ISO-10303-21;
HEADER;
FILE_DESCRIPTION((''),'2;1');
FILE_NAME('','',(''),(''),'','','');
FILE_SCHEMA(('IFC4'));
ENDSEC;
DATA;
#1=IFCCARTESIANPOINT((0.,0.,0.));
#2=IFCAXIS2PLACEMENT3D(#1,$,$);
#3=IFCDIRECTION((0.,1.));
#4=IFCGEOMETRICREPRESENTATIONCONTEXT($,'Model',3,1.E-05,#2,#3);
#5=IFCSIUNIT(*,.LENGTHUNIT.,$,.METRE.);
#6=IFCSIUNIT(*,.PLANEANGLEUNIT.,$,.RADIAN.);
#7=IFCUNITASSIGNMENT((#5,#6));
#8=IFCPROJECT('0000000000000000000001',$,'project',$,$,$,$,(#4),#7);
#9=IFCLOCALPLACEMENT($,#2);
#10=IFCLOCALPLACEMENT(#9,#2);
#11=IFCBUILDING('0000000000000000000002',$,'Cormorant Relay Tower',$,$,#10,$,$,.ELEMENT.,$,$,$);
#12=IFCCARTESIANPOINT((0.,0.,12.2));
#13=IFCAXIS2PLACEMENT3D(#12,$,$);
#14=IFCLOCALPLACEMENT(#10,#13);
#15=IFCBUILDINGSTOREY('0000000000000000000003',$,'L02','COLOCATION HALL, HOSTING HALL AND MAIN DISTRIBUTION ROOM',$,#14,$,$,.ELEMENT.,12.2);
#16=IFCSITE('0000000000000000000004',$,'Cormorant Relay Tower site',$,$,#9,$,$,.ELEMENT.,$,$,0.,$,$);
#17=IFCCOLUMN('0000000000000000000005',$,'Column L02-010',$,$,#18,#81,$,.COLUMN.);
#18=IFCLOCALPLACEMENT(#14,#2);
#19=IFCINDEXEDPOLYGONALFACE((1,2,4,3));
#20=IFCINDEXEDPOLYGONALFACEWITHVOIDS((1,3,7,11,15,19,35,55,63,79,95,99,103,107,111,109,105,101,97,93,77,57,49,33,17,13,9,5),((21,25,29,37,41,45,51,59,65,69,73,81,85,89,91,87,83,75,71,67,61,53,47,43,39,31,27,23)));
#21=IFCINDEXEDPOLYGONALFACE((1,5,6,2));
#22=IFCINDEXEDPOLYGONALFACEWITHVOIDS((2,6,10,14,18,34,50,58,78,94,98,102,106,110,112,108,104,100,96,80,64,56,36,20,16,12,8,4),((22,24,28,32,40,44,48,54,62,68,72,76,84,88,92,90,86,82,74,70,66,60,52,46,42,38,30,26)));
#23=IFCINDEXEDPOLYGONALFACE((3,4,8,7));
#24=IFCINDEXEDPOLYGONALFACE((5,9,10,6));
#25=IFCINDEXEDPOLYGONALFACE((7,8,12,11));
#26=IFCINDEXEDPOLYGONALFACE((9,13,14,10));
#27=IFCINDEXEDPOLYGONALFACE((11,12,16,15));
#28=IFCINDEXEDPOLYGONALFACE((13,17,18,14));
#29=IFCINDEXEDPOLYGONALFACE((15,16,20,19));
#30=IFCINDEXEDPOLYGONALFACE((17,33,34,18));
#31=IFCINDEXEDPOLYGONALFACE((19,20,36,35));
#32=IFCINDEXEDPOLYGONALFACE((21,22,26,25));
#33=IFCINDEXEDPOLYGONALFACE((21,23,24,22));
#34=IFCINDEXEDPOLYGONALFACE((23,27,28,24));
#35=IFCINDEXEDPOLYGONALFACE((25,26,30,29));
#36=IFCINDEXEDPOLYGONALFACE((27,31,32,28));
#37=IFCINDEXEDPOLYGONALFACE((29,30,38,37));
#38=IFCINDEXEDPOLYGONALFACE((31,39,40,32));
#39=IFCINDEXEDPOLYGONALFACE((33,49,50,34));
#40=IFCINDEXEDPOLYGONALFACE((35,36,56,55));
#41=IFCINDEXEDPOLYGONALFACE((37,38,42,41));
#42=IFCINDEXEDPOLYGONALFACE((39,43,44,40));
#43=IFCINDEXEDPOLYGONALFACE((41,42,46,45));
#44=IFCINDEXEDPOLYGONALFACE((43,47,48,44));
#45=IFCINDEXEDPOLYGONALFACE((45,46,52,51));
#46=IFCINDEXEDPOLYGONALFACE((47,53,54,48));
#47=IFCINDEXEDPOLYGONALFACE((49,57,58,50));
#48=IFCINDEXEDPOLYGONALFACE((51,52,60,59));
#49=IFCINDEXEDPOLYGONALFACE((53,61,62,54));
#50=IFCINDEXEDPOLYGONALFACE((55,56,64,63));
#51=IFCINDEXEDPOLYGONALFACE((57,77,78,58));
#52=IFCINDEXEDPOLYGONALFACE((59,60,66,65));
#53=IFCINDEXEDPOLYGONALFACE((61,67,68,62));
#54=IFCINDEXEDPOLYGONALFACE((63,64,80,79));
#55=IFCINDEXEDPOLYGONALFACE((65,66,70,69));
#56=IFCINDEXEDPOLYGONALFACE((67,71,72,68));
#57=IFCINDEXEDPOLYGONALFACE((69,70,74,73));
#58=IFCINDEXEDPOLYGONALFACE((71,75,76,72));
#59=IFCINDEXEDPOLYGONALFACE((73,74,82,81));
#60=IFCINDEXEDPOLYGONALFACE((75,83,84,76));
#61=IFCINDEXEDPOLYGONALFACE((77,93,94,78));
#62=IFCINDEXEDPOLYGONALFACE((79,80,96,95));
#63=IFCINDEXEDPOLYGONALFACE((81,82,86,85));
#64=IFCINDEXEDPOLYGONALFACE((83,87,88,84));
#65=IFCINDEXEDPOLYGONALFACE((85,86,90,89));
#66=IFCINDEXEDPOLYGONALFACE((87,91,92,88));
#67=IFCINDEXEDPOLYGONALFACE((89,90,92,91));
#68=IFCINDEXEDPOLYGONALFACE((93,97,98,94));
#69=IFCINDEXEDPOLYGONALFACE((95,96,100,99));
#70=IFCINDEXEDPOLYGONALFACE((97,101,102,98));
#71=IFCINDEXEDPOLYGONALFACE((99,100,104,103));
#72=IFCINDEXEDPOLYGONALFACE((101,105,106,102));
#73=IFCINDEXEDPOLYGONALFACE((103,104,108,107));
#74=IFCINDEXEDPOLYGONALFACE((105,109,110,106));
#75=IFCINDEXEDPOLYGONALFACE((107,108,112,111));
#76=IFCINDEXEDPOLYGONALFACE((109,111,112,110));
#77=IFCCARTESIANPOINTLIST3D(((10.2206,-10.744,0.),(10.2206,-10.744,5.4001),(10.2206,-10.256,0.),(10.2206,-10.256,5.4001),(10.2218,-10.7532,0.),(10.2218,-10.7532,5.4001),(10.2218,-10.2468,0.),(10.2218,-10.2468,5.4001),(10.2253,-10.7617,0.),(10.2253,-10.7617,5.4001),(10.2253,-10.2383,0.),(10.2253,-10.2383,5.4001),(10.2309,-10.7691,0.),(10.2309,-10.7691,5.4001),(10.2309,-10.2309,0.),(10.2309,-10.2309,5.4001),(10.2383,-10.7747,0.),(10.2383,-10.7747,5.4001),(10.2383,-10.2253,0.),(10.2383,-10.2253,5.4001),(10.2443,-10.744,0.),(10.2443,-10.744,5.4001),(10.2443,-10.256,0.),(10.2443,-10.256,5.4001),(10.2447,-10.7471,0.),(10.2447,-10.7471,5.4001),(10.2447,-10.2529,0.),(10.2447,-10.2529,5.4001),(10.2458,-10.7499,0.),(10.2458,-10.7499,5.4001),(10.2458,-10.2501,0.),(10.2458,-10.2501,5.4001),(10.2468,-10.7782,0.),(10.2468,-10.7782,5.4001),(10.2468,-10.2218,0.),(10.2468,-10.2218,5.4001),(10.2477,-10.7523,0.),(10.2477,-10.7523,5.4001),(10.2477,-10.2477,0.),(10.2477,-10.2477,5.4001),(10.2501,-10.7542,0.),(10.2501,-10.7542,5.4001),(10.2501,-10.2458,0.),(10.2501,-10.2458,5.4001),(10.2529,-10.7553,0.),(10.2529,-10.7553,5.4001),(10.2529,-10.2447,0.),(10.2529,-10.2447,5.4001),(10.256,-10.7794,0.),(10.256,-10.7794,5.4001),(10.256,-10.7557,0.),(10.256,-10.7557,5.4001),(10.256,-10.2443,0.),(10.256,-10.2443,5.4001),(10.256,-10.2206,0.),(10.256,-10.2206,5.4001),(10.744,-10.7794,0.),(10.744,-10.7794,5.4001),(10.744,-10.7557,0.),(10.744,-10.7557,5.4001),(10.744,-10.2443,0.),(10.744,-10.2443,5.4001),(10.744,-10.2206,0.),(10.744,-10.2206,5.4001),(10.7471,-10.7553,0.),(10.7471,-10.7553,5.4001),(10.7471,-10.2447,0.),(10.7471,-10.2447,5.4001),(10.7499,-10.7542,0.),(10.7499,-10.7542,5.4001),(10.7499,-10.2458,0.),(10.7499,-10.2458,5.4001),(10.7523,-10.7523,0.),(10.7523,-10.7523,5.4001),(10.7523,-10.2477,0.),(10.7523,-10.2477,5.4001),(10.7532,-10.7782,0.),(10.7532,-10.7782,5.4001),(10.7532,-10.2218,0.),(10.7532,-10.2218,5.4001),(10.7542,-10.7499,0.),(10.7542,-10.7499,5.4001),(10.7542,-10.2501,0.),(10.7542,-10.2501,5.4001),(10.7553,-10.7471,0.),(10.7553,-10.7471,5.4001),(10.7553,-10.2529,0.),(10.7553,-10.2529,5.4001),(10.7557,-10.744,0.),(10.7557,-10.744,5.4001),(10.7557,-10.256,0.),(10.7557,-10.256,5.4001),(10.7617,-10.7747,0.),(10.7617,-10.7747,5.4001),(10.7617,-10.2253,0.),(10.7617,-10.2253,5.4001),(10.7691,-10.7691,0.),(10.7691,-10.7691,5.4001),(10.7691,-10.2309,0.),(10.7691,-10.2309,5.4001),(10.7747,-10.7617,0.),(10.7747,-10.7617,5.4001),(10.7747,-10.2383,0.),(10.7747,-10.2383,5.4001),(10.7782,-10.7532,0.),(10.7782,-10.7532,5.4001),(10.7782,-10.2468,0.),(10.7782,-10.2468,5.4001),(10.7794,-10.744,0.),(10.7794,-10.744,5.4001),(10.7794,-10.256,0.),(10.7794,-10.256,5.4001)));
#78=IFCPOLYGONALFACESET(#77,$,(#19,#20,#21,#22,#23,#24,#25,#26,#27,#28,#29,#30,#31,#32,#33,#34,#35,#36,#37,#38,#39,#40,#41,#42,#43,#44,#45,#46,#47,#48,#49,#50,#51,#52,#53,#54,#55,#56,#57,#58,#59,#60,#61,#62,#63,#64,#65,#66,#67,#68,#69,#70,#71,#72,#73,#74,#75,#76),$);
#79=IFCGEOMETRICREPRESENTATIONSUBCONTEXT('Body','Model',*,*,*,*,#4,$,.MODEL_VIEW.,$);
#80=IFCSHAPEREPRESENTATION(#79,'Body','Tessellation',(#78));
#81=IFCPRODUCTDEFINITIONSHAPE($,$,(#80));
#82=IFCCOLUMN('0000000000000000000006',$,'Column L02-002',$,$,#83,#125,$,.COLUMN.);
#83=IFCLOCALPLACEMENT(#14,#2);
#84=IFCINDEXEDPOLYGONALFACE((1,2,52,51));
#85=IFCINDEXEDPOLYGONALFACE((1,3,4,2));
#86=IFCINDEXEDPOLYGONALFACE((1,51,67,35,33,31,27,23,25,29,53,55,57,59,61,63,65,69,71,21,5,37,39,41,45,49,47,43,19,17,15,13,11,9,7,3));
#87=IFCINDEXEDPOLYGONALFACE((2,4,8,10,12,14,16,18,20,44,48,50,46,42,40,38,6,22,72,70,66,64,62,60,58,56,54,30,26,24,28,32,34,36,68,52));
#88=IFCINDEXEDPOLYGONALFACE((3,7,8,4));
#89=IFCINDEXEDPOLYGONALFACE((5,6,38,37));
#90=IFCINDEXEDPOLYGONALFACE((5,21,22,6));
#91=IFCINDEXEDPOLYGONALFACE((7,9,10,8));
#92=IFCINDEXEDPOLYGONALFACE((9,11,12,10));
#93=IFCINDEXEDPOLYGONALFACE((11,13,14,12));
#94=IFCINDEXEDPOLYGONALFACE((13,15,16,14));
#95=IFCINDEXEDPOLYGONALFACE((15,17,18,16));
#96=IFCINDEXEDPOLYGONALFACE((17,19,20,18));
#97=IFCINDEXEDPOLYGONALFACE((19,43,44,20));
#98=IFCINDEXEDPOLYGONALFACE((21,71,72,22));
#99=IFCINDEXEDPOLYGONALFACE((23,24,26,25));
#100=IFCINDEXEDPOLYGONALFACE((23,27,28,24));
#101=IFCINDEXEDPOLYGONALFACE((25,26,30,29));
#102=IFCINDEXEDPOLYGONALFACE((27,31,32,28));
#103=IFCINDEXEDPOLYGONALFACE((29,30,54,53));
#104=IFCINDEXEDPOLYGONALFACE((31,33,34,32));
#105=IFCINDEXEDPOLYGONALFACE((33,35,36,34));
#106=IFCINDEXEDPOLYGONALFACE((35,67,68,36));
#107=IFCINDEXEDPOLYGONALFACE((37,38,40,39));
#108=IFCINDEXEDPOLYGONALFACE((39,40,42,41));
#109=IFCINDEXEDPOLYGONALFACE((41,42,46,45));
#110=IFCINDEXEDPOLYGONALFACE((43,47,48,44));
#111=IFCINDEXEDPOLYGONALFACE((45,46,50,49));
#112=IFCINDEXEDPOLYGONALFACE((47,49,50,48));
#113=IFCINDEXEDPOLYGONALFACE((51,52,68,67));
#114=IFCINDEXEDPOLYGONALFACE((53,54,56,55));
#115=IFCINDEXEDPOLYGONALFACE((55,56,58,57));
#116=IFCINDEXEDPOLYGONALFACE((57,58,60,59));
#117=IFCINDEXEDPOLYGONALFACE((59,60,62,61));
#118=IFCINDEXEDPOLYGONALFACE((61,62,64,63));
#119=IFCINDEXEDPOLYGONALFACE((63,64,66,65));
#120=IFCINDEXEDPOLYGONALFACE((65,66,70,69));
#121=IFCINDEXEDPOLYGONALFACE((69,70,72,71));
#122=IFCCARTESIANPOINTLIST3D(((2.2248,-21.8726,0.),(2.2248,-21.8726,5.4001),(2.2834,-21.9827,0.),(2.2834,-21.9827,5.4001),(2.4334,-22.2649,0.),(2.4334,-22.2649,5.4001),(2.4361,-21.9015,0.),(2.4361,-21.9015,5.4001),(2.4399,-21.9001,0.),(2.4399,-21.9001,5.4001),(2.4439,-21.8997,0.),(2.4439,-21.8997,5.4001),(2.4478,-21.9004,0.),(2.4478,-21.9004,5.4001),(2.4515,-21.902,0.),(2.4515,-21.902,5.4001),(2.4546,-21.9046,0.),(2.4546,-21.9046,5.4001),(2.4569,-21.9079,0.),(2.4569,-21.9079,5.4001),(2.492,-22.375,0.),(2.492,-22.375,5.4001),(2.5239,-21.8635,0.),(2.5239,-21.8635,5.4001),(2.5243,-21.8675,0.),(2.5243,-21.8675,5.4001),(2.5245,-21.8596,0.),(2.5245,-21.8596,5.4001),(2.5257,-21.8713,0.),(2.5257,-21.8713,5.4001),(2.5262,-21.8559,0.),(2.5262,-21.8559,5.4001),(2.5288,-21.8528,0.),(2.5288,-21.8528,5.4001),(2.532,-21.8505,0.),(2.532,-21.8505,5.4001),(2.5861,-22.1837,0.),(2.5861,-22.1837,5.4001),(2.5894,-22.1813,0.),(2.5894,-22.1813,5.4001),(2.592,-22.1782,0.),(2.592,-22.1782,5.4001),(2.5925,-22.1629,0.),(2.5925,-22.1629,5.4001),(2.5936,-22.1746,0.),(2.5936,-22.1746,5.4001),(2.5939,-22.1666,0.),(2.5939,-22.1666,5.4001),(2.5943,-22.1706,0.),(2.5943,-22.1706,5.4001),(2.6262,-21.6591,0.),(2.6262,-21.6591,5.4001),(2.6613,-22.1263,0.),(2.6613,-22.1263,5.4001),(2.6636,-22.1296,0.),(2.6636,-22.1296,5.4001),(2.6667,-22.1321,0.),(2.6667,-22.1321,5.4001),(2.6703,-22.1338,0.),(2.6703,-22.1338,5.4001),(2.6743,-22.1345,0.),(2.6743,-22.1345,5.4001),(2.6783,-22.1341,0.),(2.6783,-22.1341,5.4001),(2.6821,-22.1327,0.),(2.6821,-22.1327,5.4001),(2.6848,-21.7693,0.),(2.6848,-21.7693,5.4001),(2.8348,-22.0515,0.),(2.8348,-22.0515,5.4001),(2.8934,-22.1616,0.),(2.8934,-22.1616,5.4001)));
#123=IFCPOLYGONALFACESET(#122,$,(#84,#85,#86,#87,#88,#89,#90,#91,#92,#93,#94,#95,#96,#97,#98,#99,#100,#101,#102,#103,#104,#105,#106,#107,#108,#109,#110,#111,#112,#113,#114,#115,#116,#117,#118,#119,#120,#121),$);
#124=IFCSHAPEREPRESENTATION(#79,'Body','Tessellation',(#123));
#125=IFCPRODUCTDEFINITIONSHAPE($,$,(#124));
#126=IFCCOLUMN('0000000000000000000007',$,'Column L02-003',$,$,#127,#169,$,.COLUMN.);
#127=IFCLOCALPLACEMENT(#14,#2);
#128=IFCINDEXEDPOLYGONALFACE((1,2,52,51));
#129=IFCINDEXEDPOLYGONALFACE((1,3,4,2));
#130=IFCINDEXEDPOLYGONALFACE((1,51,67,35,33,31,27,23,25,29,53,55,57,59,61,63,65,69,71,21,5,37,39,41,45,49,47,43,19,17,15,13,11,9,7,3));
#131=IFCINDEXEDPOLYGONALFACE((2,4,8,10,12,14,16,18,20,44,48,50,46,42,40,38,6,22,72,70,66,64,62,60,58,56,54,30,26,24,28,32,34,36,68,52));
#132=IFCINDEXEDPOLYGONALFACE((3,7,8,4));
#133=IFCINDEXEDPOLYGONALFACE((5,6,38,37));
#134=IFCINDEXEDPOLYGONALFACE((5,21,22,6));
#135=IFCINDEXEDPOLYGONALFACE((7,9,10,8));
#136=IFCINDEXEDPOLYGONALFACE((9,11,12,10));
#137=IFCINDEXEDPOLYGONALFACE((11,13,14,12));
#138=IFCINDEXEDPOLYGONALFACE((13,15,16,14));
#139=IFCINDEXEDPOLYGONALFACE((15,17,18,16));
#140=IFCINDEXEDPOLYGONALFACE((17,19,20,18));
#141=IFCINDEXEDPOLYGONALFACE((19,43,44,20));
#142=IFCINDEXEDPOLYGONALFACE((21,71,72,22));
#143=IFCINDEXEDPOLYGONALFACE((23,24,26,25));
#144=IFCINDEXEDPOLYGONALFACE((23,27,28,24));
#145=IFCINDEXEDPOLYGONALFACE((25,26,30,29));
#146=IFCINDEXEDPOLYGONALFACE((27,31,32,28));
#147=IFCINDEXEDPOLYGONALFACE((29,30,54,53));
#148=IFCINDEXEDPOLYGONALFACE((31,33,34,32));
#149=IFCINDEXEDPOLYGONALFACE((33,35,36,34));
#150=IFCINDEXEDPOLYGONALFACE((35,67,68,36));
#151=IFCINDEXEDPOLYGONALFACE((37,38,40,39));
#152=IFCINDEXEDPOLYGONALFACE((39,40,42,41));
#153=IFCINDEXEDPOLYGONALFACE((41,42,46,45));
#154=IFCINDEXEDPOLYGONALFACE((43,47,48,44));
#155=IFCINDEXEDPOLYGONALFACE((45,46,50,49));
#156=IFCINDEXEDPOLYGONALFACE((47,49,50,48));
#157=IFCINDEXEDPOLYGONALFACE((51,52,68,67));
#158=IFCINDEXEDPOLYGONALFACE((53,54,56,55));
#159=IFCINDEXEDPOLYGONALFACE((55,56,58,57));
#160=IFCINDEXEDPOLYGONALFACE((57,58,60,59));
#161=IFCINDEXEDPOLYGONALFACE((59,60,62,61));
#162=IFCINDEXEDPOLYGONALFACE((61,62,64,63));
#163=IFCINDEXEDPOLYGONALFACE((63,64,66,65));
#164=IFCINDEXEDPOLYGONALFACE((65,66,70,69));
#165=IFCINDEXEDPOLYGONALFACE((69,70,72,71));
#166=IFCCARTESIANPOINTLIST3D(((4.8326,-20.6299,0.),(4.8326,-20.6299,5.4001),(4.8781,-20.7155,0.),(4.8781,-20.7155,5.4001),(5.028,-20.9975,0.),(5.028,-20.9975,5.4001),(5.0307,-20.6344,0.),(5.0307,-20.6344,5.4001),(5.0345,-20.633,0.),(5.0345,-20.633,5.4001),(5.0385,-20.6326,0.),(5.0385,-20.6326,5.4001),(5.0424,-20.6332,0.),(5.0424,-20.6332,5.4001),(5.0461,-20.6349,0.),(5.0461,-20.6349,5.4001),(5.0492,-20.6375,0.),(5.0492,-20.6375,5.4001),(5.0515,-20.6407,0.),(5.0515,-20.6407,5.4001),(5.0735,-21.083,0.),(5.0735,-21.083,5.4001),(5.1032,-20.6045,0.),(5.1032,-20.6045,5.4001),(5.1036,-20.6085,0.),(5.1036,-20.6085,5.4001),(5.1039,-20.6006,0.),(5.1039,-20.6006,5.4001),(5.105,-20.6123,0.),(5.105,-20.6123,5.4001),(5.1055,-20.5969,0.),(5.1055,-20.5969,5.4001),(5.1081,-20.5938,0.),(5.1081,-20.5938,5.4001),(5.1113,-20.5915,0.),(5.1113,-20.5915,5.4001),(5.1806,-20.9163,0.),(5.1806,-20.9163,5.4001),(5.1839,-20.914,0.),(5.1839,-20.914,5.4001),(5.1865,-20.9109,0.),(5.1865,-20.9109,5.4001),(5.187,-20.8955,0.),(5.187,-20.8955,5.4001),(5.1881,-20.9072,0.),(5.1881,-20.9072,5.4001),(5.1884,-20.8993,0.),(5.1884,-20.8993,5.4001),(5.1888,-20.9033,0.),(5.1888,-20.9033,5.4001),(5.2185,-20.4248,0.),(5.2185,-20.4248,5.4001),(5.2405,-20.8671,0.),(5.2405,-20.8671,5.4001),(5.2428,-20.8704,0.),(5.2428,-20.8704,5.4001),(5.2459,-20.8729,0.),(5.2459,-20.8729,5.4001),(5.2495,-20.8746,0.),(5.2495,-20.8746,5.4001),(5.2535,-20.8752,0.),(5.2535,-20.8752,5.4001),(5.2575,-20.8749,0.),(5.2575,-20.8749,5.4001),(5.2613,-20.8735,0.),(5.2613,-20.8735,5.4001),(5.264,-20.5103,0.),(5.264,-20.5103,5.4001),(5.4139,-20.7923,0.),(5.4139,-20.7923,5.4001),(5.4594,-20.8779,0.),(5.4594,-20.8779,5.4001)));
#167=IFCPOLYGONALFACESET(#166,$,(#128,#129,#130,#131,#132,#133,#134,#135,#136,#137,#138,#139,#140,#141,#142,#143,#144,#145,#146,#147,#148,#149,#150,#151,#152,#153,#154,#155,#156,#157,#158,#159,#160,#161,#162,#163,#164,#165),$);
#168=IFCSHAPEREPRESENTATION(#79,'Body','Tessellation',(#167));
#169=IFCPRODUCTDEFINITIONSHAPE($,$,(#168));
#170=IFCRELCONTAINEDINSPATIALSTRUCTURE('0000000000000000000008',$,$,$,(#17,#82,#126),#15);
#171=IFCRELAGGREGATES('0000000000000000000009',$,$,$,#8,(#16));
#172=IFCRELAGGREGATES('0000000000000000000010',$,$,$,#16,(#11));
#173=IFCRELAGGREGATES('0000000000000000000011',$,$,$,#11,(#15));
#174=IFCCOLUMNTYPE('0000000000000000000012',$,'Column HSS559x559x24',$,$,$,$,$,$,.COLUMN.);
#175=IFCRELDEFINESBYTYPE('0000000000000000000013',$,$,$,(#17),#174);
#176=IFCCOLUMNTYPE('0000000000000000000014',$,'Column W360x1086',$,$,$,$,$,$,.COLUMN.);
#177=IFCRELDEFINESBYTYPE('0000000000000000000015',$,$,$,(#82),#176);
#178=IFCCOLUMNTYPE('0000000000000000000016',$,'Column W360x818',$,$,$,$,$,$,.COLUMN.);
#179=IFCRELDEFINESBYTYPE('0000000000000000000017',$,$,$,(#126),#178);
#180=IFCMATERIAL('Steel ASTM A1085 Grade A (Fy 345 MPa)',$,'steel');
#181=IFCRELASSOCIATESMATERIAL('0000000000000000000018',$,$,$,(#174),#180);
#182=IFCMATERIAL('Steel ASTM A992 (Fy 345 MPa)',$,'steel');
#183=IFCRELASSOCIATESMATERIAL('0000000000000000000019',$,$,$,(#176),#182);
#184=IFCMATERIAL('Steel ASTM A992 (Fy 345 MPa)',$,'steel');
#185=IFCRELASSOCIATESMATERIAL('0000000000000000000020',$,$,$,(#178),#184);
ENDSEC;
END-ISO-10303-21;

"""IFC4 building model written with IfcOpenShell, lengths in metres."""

from ifc_helpers import new_model, si_unit, direction, frame, origin, origin_2d, place, context, subcontext, project, spatial, hollow_rectangle, i_section, extrude, material, material_profile, profile_set, type_object, element, save


model = new_model("IFC4")

# Units and contexts
model_context = context("Model", 3, precision=1e-05, world=origin(), true_north=direction((0.0, 1.0)))
body_context = subcontext(model_context, "Body", "Model", "MODEL_VIEW")
ifc_project = project(units=[si_unit("LENGTHUNIT", "METRE"), si_unit("PLANEANGLEUNIT", "RADIAN")], contexts=[model_context])

# Site, building, storey
site_placement = place(None, origin())
site = spatial("IfcSite", under=ifc_project, at=site_placement, Name="Cormorant Relay Tower site", CompositionType="ELEMENT", RefElevation=0.0)
building_placement = place(site_placement, origin())
building = spatial("IfcBuilding", under=site, at=building_placement, Name="Cormorant Relay Tower", CompositionType="ELEMENT")
storey_placement = place(building_placement, frame((0.0, 0.0, 12.2)))
storey = spatial("IfcBuildingStorey", under=building, at=storey_placement, Name="L02", Description="COLOCATION HALL, HOSTING HALL AND MAIN DISTRIBUTION ROOM", CompositionType="ELEMENT", Elevation=12.2)

# Columns
ifc_material_1 = material(Name="Steel ASTM A1085 Grade A (Fy 345 MPa)", Category="steel")
ifc_material_profile_1 = material_profile(ifc_material_1, hollow_rectangle(XDim=0.5588, YDim=0.5588, WallThickness=0.0237, InnerFilletRadius=0.0117, OuterFilletRadius=0.0354, at=origin_2d()), Name="HSS559x559x24")
ifc_profile_set_1 = profile_set([ifc_material_profile_1], Name="Steel ASTM A1085 Grade A (Fy 345 MPa)")
column_type_1 = type_object("IfcColumnType", Name="Column HSS559x559x24", PredefinedType="COLUMN", material=ifc_profile_set_1)
column_1_placement = place(storey_placement, frame((10.5, -10.5, 0.0), z_axis=(0.0, 0.0, 1.0), x_axis=(1.0, 0.0, 0.0)))
element("IfcColumn", 1, at=column_1_placement, inside=storey, type_object=column_type_1, Name="Column L02-010", PredefinedType="COLUMN", context=body_context, shape_type="SweptSolid", body=[
    extrude(hollow_rectangle(XDim=0.5588, YDim=0.5588, WallThickness=0.0237, InnerFilletRadius=0.0117, OuterFilletRadius=0.0354, at=origin_2d()), origin(), (0.0, 0.0, 1.0), 5.4001),
])
ifc_material_2 = material(Name="Steel ASTM A992 (Fy 345 MPa)", Category="steel")
ifc_material_profile_2 = material_profile(ifc_material_2, i_section(OverallWidth=0.4546, OverallDepth=0.5691, WebThickness=0.0779, FlangeThickness=0.1248, FilletRadius=0.0154, at=origin_2d()), Name="W360x1086")
ifc_profile_set_2 = profile_set([ifc_material_profile_2], Name="Steel ASTM A992 (Fy 345 MPa)")
column_type_2 = type_object("IfcColumnType", Name="Column W360x1086", PredefinedType="COLUMN", material=ifc_profile_set_2)
column_2_placement = place(storey_placement, frame((2.5591, -22.0171, 0.0), z_axis=(0.0, 0.0, 1.0), x_axis=(0.882948, 0.469472, 0.0)))
element("IfcColumn", 2, at=column_2_placement, inside=storey, type_object=column_type_2, Name="Column L02-002", PredefinedType="COLUMN", context=body_context, shape_type="SweptSolid", body=[
    extrude(i_section(OverallWidth=0.4546, OverallDepth=0.5691, WebThickness=0.0779, FlangeThickness=0.1248, FilletRadius=0.0154, at=origin_2d()), origin(), (0.0, 0.0, 1.0), 5.4001),
])
ifc_material_3 = material(Name="Steel ASTM A992 (Fy 345 MPa)", Category="steel")
ifc_material_profile_3 = material_profile(ifc_material_3, i_section(OverallWidth=0.437, OverallDepth=0.5132, WebThickness=0.0605, FlangeThickness=0.0969, FilletRadius=0.0154, at=origin_2d()), Name="W360x818")
ifc_profile_set_3 = profile_set([ifc_material_profile_3], Name="Steel ASTM A992 (Fy 345 MPa)")
column_type_3 = type_object("IfcColumnType", Name="Column W360x818", PredefinedType="COLUMN", material=ifc_profile_set_3)
for number, where, z_axis, x_axis, name in (
    (3, (5.146, -20.7539, 0.0), (0.0, 0.0, 1.0), (0.882948, 0.469472, 0.0), "Column L02-003"),
):
    element("IfcColumn", number, at=place(storey_placement, frame(where, z_axis=z_axis, x_axis=x_axis)), inside=storey, type_object=column_type_3, Name=name, PredefinedType="COLUMN", context=body_context, shape_type="SweptSolid", body=[
        extrude(i_section(OverallWidth=0.437, OverallDepth=0.5132, WebThickness=0.0605, FlangeThickness=0.0969, FilletRadius=0.0154, at=origin_2d()), origin(), (0.0, 0.0, 1.0), 5.4001),
    ])

save(model, "model.ifc")
